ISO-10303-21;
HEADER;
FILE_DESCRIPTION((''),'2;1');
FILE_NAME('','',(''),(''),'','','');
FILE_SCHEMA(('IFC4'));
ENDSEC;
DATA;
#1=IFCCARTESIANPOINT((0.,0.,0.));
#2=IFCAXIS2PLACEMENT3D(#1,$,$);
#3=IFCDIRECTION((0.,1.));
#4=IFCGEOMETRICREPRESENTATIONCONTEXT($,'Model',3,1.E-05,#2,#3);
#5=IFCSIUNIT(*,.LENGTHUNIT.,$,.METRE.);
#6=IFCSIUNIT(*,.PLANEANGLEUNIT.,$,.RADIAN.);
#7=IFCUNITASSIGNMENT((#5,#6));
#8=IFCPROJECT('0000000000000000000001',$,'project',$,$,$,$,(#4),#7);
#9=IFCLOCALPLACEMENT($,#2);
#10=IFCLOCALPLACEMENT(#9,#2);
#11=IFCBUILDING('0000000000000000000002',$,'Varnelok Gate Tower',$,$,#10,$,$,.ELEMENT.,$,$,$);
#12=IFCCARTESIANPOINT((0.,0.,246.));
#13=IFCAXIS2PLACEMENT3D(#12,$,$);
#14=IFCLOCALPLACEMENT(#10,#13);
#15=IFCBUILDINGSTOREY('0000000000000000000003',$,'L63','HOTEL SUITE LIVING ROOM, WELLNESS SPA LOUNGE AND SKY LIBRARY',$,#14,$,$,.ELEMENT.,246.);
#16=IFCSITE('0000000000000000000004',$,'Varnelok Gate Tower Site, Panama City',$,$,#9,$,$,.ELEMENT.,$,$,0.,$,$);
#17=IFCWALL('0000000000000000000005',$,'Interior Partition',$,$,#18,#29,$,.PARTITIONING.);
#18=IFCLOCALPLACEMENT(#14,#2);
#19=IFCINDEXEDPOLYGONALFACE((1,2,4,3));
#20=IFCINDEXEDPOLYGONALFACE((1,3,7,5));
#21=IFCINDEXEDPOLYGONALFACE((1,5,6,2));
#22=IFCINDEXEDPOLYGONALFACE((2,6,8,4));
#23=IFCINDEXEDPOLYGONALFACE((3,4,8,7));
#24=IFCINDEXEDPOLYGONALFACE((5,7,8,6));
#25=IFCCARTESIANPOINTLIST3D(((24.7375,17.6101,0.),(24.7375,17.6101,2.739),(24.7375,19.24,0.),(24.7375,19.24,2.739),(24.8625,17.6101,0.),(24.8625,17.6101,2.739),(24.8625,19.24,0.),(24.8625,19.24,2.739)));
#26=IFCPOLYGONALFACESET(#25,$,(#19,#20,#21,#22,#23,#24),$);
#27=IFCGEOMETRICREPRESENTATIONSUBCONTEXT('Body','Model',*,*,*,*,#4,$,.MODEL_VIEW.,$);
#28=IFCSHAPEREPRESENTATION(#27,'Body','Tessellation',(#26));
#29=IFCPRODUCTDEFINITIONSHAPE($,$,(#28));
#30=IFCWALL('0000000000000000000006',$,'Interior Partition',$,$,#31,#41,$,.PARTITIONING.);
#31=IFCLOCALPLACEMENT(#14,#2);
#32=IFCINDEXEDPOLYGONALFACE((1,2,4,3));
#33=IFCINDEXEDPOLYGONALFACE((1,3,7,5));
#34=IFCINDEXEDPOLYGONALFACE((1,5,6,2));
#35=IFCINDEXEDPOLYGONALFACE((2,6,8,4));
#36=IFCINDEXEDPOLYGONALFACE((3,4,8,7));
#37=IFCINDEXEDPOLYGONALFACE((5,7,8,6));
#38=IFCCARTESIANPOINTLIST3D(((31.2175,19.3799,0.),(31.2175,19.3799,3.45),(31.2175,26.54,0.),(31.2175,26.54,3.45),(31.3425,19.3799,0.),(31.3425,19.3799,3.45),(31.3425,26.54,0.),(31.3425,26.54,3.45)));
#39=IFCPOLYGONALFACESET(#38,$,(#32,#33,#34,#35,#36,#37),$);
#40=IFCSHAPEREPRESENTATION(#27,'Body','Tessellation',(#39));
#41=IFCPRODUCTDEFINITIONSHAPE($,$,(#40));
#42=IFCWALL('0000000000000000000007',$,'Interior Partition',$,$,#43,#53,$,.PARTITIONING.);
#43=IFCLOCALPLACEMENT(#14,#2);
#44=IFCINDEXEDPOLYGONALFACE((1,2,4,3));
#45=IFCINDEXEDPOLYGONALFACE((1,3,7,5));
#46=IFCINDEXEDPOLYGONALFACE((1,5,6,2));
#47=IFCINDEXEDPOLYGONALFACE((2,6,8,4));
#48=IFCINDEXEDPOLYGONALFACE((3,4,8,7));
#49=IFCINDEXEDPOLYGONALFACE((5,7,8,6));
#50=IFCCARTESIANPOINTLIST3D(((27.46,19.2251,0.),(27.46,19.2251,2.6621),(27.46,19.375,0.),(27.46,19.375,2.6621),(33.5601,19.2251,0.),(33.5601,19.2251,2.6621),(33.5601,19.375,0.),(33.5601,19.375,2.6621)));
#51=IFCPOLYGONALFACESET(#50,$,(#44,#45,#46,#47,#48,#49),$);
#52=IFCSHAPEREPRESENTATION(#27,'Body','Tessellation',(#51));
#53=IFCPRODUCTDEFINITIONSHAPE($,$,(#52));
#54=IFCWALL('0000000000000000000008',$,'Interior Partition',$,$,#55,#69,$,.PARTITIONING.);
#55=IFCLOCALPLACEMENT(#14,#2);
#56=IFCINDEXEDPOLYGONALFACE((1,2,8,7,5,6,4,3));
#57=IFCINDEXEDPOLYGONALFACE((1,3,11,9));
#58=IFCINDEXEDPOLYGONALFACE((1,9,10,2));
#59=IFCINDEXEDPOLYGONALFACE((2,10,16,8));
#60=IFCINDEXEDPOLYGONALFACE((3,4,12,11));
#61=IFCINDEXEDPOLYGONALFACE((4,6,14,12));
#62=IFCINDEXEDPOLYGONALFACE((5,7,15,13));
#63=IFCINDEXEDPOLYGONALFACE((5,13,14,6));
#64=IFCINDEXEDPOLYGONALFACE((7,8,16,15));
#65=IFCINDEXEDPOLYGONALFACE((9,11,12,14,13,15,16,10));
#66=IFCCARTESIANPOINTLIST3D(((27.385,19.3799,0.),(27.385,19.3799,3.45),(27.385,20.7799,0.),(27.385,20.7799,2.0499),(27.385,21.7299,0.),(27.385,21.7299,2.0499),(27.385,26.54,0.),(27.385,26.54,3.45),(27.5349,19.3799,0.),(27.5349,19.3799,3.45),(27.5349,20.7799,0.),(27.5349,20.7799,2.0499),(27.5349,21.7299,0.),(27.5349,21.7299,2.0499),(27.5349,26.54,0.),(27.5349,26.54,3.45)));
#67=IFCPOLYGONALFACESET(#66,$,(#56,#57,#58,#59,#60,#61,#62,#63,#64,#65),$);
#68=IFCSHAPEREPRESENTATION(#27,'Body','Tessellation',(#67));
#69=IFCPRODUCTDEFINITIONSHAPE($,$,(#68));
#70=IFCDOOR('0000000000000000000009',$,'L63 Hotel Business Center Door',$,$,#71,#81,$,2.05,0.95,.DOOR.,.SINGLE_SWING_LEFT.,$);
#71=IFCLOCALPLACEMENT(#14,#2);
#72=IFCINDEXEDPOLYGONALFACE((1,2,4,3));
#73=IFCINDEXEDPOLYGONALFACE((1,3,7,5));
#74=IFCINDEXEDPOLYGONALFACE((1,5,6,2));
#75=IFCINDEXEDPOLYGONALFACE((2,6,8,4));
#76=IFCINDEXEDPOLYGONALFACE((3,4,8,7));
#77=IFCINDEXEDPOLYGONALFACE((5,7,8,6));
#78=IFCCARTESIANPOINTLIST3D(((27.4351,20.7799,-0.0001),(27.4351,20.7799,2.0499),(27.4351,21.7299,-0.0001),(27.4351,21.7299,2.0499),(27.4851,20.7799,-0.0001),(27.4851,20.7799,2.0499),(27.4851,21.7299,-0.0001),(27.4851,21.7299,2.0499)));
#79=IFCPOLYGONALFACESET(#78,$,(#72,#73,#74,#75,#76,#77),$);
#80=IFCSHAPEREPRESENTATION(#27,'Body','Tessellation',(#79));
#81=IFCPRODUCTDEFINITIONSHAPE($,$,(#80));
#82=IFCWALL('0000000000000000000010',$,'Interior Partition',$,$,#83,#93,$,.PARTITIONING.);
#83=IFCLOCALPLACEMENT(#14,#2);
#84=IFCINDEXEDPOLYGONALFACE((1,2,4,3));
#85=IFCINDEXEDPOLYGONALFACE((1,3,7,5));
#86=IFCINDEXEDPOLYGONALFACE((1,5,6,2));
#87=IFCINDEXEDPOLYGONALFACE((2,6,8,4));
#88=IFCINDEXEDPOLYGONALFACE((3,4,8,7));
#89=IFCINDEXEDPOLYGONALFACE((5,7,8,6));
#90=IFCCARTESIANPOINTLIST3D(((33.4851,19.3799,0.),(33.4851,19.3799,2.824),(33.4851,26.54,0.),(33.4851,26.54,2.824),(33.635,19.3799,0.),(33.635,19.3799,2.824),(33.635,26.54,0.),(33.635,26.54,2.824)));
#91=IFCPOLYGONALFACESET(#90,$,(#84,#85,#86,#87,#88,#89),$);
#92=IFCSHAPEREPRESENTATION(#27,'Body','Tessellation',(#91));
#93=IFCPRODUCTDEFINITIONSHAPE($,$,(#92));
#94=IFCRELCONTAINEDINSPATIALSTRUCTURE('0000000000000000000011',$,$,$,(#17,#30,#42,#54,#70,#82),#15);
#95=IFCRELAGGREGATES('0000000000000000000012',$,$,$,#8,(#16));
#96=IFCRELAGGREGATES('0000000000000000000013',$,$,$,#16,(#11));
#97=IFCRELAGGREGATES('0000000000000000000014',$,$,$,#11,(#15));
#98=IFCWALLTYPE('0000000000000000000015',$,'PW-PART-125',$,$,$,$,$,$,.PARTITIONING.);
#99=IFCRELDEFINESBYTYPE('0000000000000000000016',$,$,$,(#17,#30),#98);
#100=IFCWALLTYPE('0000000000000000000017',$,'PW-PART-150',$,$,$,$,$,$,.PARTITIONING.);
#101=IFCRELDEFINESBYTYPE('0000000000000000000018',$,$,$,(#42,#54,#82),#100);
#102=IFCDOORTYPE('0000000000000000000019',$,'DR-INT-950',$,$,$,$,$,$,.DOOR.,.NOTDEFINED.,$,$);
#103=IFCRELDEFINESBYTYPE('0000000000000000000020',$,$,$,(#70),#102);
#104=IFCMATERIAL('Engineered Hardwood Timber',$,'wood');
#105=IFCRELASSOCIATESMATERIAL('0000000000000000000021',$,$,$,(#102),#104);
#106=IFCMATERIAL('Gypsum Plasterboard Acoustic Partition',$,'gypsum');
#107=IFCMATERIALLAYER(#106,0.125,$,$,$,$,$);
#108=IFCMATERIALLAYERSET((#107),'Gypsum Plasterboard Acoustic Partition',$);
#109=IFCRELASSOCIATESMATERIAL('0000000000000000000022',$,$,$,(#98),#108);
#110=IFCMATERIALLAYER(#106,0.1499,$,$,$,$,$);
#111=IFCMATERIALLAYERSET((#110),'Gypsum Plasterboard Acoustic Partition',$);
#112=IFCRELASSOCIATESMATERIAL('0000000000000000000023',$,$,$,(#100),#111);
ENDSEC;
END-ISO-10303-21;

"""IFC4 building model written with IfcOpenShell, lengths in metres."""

from ifc_helpers import new_model, si_unit, direction, frame, frame_2d, origin, place, context, subcontext, project, spatial, rectangle, extrude, material, layer, layer_set, type_object, element, fill, save


model = new_model("IFC4")

# Units and contexts
model_context = context("Model", 3, precision=1e-05, world=origin(), true_north=direction((0.0, 1.0)))
body_context = subcontext(model_context, "Body", "Model", "MODEL_VIEW")
ifc_project = project(units=[si_unit("LENGTHUNIT", "METRE"), si_unit("PLANEANGLEUNIT", "RADIAN")], contexts=[model_context])

# Site, building, storey
site_placement = place(None, origin())
site = spatial("IfcSite", under=ifc_project, at=site_placement, Name="Varnelok Gate Tower Site, Panama City", CompositionType="ELEMENT", RefElevation=0.0)
building_placement = place(site_placement, origin())
building = spatial("IfcBuilding", under=site, at=building_placement, Name="Varnelok Gate Tower", CompositionType="ELEMENT")
storey_placement = place(building_placement, frame((0.0, 0.0, 246.0)))
storey = spatial("IfcBuildingStorey", under=building, at=storey_placement, Name="L63", Description="HOTEL SUITE LIVING ROOM, WELLNESS SPA LOUNGE AND SKY LIBRARY", CompositionType="ELEMENT", Elevation=246.0)

# Shared definitions
ifc_material_1 = material(Name="Gypsum Plasterboard Acoustic Partition", Category="gypsum")
ifc_material_2 = material(Name="Engineered Hardwood Timber", Category="wood")
door_type_1 = type_object("IfcDoorType", Name="DR-INT-950", OperationType="NOTDEFINED", PredefinedType="DOOR", material=ifc_material_2)

# Walls
ifc_layer_1 = layer(ifc_material_1, 0.125)
ifc_layer_set_1 = layer_set([ifc_layer_1], Name="Gypsum Plasterboard Acoustic Partition")
wall_type_1 = type_object("IfcWallType", Name="PW-PART-125", PredefinedType="PARTITIONING", material=ifc_layer_set_1)
wall_1_placement = place(storey_placement, frame((24.8, 17.6101, 0.0), z_axis=(0.0, 0.0, 1.0), x_axis=(0.0, 1.0, 0.0)))
element("IfcWall", 1, at=wall_1_placement, inside=storey, type_object=wall_type_1, Name="Interior Partition", PredefinedType="PARTITIONING", context=body_context, shape_type="SweptSolid", body=[
    extrude(rectangle(XDim=1.6299, YDim=0.125, at=frame_2d((0.8149, 0.0))), origin(), (0.0, 0.0, 1.0), 2.739),
])
wall_2_placement = place(storey_placement, frame((31.28, 19.3799, 0.0), z_axis=(0.0, 0.0, 1.0), x_axis=(0.0, 1.0, 0.0)))
element("IfcWall", 2, at=wall_2_placement, inside=storey, type_object=wall_type_1, Name="Interior Partition", PredefinedType="PARTITIONING", context=body_context, shape_type="SweptSolid", body=[
    extrude(rectangle(XDim=7.1602, YDim=0.125, at=frame_2d((3.5801, 0.0))), origin(), (0.0, 0.0, 1.0), 3.45),
])
ifc_layer_2 = layer(ifc_material_1, 0.1499)
ifc_layer_set_2 = layer_set([ifc_layer_2], Name="Gypsum Plasterboard Acoustic Partition")
wall_type_2 = type_object("IfcWallType", Name="PW-PART-150", PredefinedType="PARTITIONING", material=ifc_layer_set_2)
wall_3_placement = place(storey_placement, frame((27.46, 19.3, 0.0), z_axis=(0.0, 0.0, 1.0), x_axis=(1.0, 0.0, 0.0)))
element("IfcWall", 3, at=wall_3_placement, inside=storey, type_object=wall_type_2, Name="Interior Partition", PredefinedType="PARTITIONING", context=body_context, shape_type="SweptSolid", body=[
    extrude(rectangle(XDim=6.1001, YDim=0.1499, at=frame_2d((3.05, 0.0))), origin(), (0.0, 0.0, 1.0), 2.6621),
])

# Wall, opening, door
wall_4_placement = place(storey_placement, frame((27.46, 19.3799, 0.0), z_axis=(0.0, 0.0, 1.0), x_axis=(0.0, 1.0, 0.0)))
wall_4 = element("IfcWall", 4, at=wall_4_placement, inside=storey, type_object=wall_type_2, Name="Interior Partition", PredefinedType="PARTITIONING", context=body_context, shape_type="SweptSolid", body=[
    extrude(rectangle(XDim=7.1602, YDim=0.1499, at=frame_2d((3.5801, 0.0))), origin(), (0.0, 0.0, 1.0), 3.45),
])
opening_1_placement = place(wall_4_placement, frame((1.3999, 0.0, 0.0)))
opening_1 = element("IfcOpeningElement", 5, at=opening_1_placement, cuts=wall_4, PredefinedType="OPENING", context=body_context, shape_type="SweptSolid", body=[
    extrude(rectangle(XDim=0.95, YDim=2.05, at=frame_2d((0.4751, 1.0249))), frame((0.0, 0.085, 0.0), z_axis=(0.0, -1.0, 0.0), x_axis=(1.0, 0.0, 0.0)), (0.0, 0.0, 1.0), 0.1699),
])
door_1_placement = place(opening_1_placement, origin())
door_1 = element("IfcDoor", 6, at=door_1_placement, inside=storey, type_object=door_type_1, Name="L63 Hotel Business Center Door", OperationType="SINGLE_SWING_LEFT", OverallHeight=2.05, OverallWidth=0.95, PredefinedType="DOOR", context=body_context, shape_type="SweptSolid", body=[
    extrude(rectangle(XDim=0.95, YDim=2.05, at=frame_2d((0.4751, 1.0249))), frame((0.0, 0.0249, 0.0), z_axis=(0.0, -1.0, 0.0), x_axis=(1.0, 0.0, 0.0)), (0.0, 0.0, 1.0), 0.05),
])
fill(opening_1, door_1)

# Wall
wall_5_placement = place(storey_placement, frame((33.5601, 19.3799, 0.0), z_axis=(0.0, 0.0, 1.0), x_axis=(0.0, 1.0, 0.0)))
element("IfcWall", 7, at=wall_5_placement, inside=storey, type_object=wall_type_2, Name="Interior Partition", PredefinedType="PARTITIONING", context=body_context, shape_type="SweptSolid", body=[
    extrude(rectangle(XDim=7.1602, YDim=0.1499, at=frame_2d((3.5801, 0.0))), origin(), (0.0, 0.0, 1.0), 2.824),
])

save(model, "model.ifc")
